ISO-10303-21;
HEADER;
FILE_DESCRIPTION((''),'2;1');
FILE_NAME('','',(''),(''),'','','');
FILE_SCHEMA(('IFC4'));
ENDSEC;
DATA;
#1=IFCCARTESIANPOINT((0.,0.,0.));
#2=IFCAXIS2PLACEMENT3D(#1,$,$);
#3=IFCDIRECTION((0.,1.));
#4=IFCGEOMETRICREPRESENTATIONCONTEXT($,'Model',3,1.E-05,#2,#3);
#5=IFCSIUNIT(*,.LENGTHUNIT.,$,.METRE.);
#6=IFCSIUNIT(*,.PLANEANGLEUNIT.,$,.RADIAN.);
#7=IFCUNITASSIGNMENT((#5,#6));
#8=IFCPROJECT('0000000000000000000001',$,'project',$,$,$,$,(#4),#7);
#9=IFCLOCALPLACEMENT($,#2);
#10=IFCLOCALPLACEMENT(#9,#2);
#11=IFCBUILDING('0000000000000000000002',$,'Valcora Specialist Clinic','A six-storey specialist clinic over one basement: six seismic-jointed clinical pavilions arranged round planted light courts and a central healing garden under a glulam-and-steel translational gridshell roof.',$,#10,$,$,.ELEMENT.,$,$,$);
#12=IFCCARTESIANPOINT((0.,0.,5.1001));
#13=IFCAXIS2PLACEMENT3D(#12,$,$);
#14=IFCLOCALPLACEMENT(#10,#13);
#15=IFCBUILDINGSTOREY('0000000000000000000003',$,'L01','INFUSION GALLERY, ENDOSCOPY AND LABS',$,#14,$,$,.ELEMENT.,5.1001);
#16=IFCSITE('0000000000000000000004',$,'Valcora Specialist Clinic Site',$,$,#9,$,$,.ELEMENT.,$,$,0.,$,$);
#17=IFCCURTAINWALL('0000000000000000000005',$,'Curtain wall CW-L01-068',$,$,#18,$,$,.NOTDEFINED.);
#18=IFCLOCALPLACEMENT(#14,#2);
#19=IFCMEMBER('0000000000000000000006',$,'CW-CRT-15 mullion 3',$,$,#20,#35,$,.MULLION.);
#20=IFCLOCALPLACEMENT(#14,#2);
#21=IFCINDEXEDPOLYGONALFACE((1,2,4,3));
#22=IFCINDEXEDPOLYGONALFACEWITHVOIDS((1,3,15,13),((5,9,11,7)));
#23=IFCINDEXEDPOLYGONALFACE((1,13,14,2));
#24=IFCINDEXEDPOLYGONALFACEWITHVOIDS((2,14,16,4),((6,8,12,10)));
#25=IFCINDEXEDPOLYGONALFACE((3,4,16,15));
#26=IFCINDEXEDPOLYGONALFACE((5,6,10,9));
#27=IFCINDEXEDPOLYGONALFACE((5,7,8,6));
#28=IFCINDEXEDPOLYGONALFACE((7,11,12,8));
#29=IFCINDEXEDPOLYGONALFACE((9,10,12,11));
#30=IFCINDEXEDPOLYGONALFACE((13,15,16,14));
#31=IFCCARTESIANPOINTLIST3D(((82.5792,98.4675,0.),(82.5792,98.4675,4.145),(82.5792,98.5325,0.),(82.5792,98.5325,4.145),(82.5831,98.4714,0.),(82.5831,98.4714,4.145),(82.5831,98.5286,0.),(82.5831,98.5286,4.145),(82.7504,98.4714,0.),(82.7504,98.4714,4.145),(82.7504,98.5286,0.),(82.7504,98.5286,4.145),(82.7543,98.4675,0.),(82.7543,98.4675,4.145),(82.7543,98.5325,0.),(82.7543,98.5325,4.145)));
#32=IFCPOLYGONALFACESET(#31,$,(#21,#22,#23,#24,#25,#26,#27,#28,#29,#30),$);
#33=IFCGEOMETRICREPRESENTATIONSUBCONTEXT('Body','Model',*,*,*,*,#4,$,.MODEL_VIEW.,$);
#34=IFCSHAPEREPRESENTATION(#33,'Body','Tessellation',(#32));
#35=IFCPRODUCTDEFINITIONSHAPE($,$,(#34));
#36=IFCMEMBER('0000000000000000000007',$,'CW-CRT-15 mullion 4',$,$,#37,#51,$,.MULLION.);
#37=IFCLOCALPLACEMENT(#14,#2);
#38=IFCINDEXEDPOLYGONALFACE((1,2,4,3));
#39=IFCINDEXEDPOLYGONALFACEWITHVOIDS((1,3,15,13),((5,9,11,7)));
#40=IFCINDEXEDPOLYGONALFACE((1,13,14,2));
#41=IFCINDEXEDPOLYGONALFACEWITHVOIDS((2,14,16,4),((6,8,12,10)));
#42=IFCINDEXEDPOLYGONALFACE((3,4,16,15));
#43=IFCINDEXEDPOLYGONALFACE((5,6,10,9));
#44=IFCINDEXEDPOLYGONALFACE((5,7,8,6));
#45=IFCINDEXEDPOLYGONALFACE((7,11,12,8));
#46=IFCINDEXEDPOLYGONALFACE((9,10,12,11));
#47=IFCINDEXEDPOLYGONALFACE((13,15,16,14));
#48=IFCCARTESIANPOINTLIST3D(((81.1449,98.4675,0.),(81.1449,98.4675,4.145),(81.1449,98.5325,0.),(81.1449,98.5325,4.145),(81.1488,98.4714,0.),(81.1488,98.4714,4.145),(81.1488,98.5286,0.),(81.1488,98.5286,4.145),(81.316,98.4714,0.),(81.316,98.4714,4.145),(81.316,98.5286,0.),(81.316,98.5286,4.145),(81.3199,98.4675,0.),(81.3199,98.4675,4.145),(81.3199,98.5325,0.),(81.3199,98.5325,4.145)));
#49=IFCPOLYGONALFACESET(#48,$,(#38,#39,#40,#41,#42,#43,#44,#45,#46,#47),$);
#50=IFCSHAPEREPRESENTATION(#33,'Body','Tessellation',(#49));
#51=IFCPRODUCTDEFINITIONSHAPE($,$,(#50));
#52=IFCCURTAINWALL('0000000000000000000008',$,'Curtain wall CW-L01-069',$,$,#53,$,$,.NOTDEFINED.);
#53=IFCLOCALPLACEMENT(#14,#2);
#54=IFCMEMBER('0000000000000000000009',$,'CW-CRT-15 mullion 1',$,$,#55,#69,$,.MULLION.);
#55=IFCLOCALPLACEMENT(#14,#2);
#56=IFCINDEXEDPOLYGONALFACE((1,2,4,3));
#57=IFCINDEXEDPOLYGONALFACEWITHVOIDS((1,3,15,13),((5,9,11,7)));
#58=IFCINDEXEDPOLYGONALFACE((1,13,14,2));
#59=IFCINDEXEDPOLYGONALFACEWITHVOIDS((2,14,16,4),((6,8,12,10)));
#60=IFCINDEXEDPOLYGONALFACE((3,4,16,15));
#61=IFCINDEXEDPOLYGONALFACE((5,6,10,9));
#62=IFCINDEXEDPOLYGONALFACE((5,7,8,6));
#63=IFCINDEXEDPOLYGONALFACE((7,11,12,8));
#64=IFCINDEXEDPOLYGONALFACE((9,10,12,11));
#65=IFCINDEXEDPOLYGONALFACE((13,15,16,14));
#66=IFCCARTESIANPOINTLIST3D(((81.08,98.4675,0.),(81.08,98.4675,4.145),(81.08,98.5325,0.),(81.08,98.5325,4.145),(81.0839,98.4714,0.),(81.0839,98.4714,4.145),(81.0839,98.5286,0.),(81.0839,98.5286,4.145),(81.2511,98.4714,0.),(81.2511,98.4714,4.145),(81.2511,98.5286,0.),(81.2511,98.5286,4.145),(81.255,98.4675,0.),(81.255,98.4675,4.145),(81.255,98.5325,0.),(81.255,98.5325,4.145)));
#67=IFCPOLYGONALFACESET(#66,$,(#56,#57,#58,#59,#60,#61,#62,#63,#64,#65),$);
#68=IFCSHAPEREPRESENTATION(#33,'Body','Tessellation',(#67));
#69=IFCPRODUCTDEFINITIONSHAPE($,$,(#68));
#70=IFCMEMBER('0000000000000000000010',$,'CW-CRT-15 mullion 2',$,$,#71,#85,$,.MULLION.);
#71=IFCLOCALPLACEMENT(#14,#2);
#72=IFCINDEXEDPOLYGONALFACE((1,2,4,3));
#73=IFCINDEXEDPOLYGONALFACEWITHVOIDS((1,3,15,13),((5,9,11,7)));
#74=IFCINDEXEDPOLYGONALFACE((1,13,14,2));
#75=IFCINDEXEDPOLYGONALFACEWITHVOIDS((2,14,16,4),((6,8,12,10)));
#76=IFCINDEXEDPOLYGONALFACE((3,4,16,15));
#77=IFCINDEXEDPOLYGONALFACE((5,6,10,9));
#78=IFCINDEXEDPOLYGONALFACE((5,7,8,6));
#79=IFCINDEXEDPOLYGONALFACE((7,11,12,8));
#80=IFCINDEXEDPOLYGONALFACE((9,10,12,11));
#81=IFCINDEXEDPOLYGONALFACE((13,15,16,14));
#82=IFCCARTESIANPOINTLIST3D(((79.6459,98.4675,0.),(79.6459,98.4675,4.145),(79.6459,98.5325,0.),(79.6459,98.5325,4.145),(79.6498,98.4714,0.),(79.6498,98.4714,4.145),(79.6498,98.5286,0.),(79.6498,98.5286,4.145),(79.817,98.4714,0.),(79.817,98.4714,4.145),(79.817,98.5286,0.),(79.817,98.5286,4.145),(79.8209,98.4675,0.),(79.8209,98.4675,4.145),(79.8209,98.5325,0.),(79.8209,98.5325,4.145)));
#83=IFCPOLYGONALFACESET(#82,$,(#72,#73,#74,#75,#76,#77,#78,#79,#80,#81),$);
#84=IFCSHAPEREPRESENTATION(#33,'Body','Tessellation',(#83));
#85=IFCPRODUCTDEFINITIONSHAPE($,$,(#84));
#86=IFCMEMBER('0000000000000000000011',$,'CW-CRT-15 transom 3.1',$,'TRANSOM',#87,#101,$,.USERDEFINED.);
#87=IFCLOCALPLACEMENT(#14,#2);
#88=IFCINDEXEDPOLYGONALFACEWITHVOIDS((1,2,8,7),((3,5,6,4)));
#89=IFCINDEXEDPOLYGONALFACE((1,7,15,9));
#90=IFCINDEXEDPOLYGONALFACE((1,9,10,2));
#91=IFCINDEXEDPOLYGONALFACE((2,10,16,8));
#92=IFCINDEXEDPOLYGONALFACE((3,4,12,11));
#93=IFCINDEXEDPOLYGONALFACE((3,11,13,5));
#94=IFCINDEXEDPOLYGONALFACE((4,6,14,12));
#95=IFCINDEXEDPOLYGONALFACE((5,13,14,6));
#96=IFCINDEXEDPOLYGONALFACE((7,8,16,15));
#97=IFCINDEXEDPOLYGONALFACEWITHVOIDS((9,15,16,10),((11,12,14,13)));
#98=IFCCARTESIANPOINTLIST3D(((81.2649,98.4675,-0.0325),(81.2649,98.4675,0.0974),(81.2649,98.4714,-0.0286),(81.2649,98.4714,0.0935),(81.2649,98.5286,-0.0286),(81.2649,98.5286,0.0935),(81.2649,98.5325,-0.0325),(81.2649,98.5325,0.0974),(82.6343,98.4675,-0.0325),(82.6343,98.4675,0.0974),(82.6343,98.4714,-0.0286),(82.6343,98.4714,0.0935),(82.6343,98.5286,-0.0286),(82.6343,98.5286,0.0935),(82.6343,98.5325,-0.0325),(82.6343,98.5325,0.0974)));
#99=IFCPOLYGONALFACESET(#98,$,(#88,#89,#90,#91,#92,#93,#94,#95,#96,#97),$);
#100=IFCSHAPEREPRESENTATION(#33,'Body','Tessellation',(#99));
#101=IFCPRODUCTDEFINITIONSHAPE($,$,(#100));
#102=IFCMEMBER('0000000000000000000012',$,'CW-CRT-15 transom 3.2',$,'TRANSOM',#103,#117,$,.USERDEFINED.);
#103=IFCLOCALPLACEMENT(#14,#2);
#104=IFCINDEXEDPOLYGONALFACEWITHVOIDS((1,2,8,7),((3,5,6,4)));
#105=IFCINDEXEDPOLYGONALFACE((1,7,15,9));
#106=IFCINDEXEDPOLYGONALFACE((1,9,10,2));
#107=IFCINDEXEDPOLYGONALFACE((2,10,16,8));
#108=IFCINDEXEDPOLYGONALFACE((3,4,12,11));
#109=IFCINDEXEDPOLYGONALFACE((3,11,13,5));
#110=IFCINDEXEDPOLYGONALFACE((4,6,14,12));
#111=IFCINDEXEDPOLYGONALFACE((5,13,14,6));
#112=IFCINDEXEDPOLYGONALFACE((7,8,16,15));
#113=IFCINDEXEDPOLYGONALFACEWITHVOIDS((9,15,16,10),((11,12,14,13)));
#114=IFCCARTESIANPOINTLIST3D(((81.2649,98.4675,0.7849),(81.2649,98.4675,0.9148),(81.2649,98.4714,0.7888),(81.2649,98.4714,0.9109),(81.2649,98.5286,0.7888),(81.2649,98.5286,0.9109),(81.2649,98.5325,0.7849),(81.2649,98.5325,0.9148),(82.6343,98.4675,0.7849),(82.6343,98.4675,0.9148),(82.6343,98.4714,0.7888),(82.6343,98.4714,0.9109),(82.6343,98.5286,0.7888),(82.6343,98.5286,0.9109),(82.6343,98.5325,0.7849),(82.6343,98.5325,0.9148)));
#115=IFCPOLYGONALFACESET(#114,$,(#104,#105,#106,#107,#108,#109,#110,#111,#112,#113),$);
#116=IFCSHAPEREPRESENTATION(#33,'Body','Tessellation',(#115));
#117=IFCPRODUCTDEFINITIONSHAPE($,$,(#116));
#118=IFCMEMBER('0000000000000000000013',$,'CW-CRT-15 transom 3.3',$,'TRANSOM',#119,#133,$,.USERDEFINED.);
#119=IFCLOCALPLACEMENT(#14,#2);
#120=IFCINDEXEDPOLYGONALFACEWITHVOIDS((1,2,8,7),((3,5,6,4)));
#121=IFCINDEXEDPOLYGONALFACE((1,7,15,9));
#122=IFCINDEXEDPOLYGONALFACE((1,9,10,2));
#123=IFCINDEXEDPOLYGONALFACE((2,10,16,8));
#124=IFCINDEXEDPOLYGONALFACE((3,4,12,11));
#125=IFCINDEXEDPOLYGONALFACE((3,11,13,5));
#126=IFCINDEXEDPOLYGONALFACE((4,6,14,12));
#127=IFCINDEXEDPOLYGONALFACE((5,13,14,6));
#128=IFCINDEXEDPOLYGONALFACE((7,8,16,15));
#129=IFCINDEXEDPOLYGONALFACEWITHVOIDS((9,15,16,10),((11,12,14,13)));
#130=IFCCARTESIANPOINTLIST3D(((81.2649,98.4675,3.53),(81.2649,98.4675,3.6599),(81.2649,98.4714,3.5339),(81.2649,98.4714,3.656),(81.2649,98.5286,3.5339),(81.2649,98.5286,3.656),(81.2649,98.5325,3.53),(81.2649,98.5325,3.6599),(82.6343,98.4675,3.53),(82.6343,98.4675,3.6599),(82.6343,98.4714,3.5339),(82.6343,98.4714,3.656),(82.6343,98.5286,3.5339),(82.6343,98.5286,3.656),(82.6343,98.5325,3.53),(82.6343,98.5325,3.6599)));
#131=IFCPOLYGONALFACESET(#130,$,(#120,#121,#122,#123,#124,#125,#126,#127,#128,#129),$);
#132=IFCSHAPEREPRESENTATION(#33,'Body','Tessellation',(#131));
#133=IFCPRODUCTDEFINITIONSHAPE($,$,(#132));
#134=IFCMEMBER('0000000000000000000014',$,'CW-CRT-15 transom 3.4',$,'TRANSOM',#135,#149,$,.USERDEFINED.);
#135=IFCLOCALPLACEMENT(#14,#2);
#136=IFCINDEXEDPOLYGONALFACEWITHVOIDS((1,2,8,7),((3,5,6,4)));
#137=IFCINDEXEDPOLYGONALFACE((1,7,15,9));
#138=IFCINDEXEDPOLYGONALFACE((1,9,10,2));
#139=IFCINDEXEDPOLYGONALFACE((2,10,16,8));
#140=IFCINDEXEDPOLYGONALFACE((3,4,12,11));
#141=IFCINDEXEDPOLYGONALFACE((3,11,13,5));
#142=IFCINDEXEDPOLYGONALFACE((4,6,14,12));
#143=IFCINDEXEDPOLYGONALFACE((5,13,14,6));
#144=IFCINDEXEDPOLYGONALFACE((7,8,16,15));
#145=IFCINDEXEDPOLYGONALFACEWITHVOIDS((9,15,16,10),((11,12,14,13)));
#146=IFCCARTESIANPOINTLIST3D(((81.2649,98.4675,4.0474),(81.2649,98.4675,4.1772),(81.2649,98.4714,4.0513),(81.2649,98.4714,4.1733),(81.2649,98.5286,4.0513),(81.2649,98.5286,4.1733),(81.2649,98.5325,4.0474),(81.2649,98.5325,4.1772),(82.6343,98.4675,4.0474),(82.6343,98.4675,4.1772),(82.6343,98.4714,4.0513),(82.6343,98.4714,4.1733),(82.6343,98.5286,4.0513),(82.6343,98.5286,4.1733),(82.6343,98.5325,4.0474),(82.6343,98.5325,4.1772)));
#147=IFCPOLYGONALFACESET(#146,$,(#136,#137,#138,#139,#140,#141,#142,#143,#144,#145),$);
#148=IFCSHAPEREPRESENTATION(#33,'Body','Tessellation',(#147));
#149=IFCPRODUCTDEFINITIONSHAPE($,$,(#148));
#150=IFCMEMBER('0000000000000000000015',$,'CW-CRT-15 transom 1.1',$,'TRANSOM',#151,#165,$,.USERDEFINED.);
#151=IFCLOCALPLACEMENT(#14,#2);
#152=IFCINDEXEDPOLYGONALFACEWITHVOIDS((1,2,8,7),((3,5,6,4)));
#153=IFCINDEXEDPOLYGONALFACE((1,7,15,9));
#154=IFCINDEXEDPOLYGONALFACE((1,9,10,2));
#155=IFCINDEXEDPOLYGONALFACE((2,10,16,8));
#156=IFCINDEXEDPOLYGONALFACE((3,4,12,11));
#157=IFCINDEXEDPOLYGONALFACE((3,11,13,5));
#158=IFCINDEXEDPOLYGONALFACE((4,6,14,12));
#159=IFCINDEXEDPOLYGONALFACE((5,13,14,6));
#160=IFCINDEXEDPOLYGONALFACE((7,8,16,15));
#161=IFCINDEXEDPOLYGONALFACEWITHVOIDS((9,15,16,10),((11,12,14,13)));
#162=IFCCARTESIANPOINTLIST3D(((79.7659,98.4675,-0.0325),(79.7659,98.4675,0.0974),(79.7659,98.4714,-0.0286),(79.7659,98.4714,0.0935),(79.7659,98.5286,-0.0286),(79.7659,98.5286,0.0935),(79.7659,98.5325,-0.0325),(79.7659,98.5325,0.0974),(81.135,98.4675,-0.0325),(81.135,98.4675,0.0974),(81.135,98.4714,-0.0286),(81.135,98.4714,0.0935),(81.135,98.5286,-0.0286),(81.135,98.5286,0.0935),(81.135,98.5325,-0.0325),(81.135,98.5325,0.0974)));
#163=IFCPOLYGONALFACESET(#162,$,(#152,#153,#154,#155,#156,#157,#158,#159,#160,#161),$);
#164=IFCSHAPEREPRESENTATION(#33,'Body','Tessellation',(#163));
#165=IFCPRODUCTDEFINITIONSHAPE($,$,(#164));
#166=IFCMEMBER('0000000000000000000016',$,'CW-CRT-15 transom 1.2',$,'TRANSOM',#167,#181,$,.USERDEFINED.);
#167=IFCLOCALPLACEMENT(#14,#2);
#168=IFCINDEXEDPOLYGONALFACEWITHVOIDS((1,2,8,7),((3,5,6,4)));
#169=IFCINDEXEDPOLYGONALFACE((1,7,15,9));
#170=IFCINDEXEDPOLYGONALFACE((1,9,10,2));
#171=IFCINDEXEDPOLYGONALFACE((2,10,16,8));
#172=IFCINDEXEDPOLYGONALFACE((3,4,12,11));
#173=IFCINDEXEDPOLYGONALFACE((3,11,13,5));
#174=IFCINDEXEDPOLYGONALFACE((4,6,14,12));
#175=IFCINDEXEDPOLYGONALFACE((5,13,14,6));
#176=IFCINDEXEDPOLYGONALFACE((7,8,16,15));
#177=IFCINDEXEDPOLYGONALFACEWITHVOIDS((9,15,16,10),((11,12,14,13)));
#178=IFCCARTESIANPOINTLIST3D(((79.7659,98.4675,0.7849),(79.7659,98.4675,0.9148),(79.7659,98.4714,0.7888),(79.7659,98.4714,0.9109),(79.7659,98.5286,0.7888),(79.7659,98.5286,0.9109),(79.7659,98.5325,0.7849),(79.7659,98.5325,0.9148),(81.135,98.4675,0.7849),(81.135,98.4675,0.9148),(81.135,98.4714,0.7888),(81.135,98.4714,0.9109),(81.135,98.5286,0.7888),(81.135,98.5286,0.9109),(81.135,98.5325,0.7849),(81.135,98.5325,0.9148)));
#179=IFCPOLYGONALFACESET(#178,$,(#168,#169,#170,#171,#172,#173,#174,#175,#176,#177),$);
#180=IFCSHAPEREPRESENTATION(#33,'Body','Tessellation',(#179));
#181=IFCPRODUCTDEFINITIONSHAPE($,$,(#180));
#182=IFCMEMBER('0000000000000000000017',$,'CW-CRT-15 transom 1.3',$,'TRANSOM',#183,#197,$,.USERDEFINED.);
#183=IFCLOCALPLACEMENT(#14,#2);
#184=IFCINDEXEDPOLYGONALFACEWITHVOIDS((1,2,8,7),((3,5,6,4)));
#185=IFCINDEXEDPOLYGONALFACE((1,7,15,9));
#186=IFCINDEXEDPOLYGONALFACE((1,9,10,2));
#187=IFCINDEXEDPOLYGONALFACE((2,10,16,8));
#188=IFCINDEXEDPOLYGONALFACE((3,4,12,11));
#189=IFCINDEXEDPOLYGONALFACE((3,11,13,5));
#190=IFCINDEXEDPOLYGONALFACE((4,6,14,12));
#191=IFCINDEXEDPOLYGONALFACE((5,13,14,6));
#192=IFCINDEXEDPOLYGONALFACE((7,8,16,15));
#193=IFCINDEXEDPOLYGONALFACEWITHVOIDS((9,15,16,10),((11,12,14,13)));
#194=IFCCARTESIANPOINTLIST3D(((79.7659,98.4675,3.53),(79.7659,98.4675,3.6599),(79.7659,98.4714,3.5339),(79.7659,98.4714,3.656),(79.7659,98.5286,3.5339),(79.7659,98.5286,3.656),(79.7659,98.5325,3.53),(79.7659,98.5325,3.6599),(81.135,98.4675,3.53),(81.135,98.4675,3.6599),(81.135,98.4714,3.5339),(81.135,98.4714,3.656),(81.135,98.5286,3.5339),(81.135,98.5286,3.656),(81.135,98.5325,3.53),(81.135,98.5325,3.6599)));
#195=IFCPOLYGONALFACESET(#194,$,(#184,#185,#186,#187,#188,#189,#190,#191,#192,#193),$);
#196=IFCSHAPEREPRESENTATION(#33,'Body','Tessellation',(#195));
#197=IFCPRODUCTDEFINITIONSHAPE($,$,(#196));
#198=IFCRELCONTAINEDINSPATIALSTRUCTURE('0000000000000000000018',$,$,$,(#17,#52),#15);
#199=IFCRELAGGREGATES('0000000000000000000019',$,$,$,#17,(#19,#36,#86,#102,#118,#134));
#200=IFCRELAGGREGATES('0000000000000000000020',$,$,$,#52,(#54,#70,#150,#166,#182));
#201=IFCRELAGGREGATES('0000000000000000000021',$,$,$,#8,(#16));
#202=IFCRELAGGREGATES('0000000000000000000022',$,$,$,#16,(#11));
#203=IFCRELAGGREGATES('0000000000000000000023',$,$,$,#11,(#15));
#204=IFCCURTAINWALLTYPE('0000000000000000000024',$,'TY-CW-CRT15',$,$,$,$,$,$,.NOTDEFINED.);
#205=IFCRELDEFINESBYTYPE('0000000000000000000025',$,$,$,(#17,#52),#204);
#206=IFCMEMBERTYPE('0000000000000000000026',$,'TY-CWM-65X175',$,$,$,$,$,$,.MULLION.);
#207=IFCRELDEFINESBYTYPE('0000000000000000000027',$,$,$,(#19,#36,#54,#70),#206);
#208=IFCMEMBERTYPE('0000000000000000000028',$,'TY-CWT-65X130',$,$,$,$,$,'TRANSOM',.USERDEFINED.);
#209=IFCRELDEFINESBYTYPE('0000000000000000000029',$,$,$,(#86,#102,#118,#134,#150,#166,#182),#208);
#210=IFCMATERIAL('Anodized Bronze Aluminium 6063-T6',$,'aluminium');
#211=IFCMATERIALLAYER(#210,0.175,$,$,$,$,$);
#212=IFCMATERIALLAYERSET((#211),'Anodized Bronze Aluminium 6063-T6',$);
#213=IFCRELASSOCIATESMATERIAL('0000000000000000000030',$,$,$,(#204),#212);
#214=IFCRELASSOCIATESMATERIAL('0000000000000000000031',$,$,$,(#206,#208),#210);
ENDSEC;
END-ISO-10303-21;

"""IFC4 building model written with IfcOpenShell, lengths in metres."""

from ifc_helpers import new_model, si_unit, direction, frame, origin, origin_2d, place, context, subcontext, project, spatial, hollow_rectangle, extrude, material, layer, layer_set, material_profile, profile_set, type_object, element, aggregate, save


model = new_model("IFC4")

# Units and contexts
model_context = context("Model", 3, precision=1e-05, world=origin(), true_north=direction((0.0, 1.0)))
body_context = subcontext(model_context, "Body", "Model", "MODEL_VIEW")
ifc_project = project(units=[si_unit("LENGTHUNIT", "METRE"), si_unit("PLANEANGLEUNIT", "RADIAN")], contexts=[model_context])

# Site, building, storey
site_placement = place(None, origin())
site = spatial("IfcSite", under=ifc_project, at=site_placement, Name="Valcora Specialist Clinic Site", CompositionType="ELEMENT", RefElevation=0.0)
building_placement = place(site_placement, origin())
building = spatial("IfcBuilding", under=site, at=building_placement, Name="Valcora Specialist Clinic", Description="A six-storey specialist clinic over one basement: six seismic-jointed clinical pavilions arranged round planted light courts and a central healing garden under a glulam-and-steel translational gridshell roof.", CompositionType="ELEMENT")
storey_placement = place(building_placement, frame((0.0, 0.0, 5.1001)))
storey = spatial("IfcBuildingStorey", under=building, at=storey_placement, Name="L01", Description="INFUSION GALLERY, ENDOSCOPY AND LABS", CompositionType="ELEMENT", Elevation=5.1001)

# Curtain walls, members
ifc_material_1 = material(Name="Anodized Bronze Aluminium 6063-T6", Category="aluminium")
ifc_layer_1 = layer(ifc_material_1, 0.175)
ifc_layer_set_1 = layer_set([ifc_layer_1], Name="Anodized Bronze Aluminium 6063-T6")
curtain_wall_type = type_object("IfcCurtainWallType", Name="TY-CW-CRT15", PredefinedType="NOTDEFINED", material=ifc_layer_set_1)
curtain_wall_1_placement = place(storey_placement, origin())
curtain_wall_1 = element("IfcCurtainWall", 1, at=curtain_wall_1_placement, inside=storey, type_object=curtain_wall_type, Name="Curtain wall CW-L01-068", PredefinedType="NOTDEFINED")
ifc_material_profile_1 = material_profile(ifc_material_1, hollow_rectangle(XDim=0.0649, YDim=0.175, WallThickness=0.0039, at=origin_2d()), Name="AL-MUL-65X175")
ifc_profile_set_1 = profile_set([ifc_material_profile_1], Name="Anodized Bronze Aluminium 6063-T6")
member_type_1 = type_object("IfcMemberType", Name="TY-CWM-65X175", PredefinedType="MULLION", material=ifc_profile_set_1)
member_1_placement = place(storey_placement, frame((82.6667, 98.5, 0.0), z_axis=(0.0, 0.0, 1.0), x_axis=(0.0, -1.0, 0.0)))
member_1 = element("IfcMember", 2, at=member_1_placement, type_object=member_type_1, Name="CW-CRT-15 mullion 3", PredefinedType="MULLION", context=body_context, shape_type="SweptSolid", body=[
    extrude(hollow_rectangle(XDim=0.0649, YDim=0.175, WallThickness=0.0039, at=origin_2d()), origin(), (0.0, 0.0, 1.0), 4.145),
])
member_2_placement = place(storey_placement, frame((81.2324, 98.5, 0.0), z_axis=(0.0, 0.0, 1.0), x_axis=(0.0, -1.0, 0.0)))
member_2 = element("IfcMember", 3, at=member_2_placement, type_object=member_type_1, Name="CW-CRT-15 mullion 4", PredefinedType="MULLION", context=body_context, shape_type="SweptSolid", body=[
    extrude(hollow_rectangle(XDim=0.0649, YDim=0.175, WallThickness=0.0039, at=origin_2d()), origin(), (0.0, 0.0, 1.0), 4.145),
])
curtain_wall_2_placement = place(storey_placement, origin())
curtain_wall_2 = element("IfcCurtainWall", 4, at=curtain_wall_2_placement, inside=storey, type_object=curtain_wall_type, Name="Curtain wall CW-L01-069", PredefinedType="NOTDEFINED")
member_3_placement = place(storey_placement, frame((81.1675, 98.5, 0.0), z_axis=(0.0, 0.0, 1.0), x_axis=(0.0, -1.0, 0.0)))
member_3 = element("IfcMember", 5, at=member_3_placement, type_object=member_type_1, Name="CW-CRT-15 mullion 1", PredefinedType="MULLION", context=body_context, shape_type="SweptSolid", body=[
    extrude(hollow_rectangle(XDim=0.0649, YDim=0.175, WallThickness=0.0039, at=origin_2d()), origin(), (0.0, 0.0, 1.0), 4.145),
])
member_4_placement = place(storey_placement, frame((79.7334, 98.5, 0.0), z_axis=(0.0, 0.0, 1.0), x_axis=(0.0, -1.0, 0.0)))
member_4 = element("IfcMember", 6, at=member_4_placement, type_object=member_type_1, Name="CW-CRT-15 mullion 2", PredefinedType="MULLION", context=body_context, shape_type="SweptSolid", body=[
    extrude(hollow_rectangle(XDim=0.0649, YDim=0.175, WallThickness=0.0039, at=origin_2d()), origin(), (0.0, 0.0, 1.0), 4.145),
])

# Members
ifc_material_profile_2 = material_profile(ifc_material_1, hollow_rectangle(XDim=0.0649, YDim=0.1299, WallThickness=0.0039, at=origin_2d()), Name="AL-TRN-65X130")
ifc_profile_set_2 = profile_set([ifc_material_profile_2], Name="Anodized Bronze Aluminium 6063-T6")
member_type_2 = type_object("IfcMemberType", Name="TY-CWT-65X130", ElementType="TRANSOM", PredefinedType="USERDEFINED", material=ifc_profile_set_2)
member_5_placement = place(storey_placement, frame((82.6343, 98.5, 0.0325), z_axis=(-1.0, 0.0, 0.0), x_axis=(0.0, -1.0, 0.0)))
member_5 = element("IfcMember", 7, at=member_5_placement, type_object=member_type_2, Name="CW-CRT-15 transom 3.1", ObjectType="TRANSOM", PredefinedType="USERDEFINED", context=body_context, shape_type="SweptSolid", body=[
    extrude(hollow_rectangle(XDim=0.0649, YDim=0.1299, WallThickness=0.0039, at=origin_2d()), origin(), (0.0, 0.0, 1.0), 1.3694),
])
member_6_placement = place(storey_placement, frame((82.6343, 98.5, 0.8499), z_axis=(-1.0, 0.0, 0.0), x_axis=(0.0, -1.0, 0.0)))
member_6 = element("IfcMember", 8, at=member_6_placement, type_object=member_type_2, Name="CW-CRT-15 transom 3.2", ObjectType="TRANSOM", PredefinedType="USERDEFINED", context=body_context, shape_type="SweptSolid", body=[
    extrude(hollow_rectangle(XDim=0.0649, YDim=0.1299, WallThickness=0.0039, at=origin_2d()), origin(), (0.0, 0.0, 1.0), 1.3694),
])
member_7_placement = place(storey_placement, frame((82.6343, 98.5, 3.595), z_axis=(-1.0, 0.0, 0.0), x_axis=(0.0, -1.0, 0.0)))
member_7 = element("IfcMember", 9, at=member_7_placement, type_object=member_type_2, Name="CW-CRT-15 transom 3.3", ObjectType="TRANSOM", PredefinedType="USERDEFINED", context=body_context, shape_type="SweptSolid", body=[
    extrude(hollow_rectangle(XDim=0.0649, YDim=0.1299, WallThickness=0.0039, at=origin_2d()), origin(), (0.0, 0.0, 1.0), 1.3694),
])
member_8_placement = place(storey_placement, frame((82.6343, 98.5, 4.1123), z_axis=(-1.0, 0.0, 0.0), x_axis=(0.0, -1.0, 0.0)))
member_8 = element("IfcMember", 10, at=member_8_placement, type_object=member_type_2, Name="CW-CRT-15 transom 3.4", ObjectType="TRANSOM", PredefinedType="USERDEFINED", context=body_context, shape_type="SweptSolid", body=[
    extrude(hollow_rectangle(XDim=0.0649, YDim=0.1299, WallThickness=0.0039, at=origin_2d()), origin(), (0.0, 0.0, 1.0), 1.3694),
])
member_9_placement = place(storey_placement, frame((81.135, 98.5, 0.0325), z_axis=(-1.0, 0.0, 0.0), x_axis=(0.0, -1.0, 0.0)))
member_9 = element("IfcMember", 11, at=member_9_placement, type_object=member_type_2, Name="CW-CRT-15 transom 1.1", ObjectType="TRANSOM", PredefinedType="USERDEFINED", context=body_context, shape_type="SweptSolid", body=[
    extrude(hollow_rectangle(XDim=0.0649, YDim=0.1299, WallThickness=0.0039, at=origin_2d()), origin(), (0.0, 0.0, 1.0), 1.3691),
])
member_10_placement = place(storey_placement, frame((81.135, 98.5, 0.8499), z_axis=(-1.0, 0.0, 0.0), x_axis=(0.0, -1.0, 0.0)))
member_10 = element("IfcMember", 12, at=member_10_placement, type_object=member_type_2, Name="CW-CRT-15 transom 1.2", ObjectType="TRANSOM", PredefinedType="USERDEFINED", context=body_context, shape_type="SweptSolid", body=[
    extrude(hollow_rectangle(XDim=0.0649, YDim=0.1299, WallThickness=0.0039, at=origin_2d()), origin(), (0.0, 0.0, 1.0), 1.3691),
])
member_11_placement = place(storey_placement, frame((81.135, 98.5, 3.595), z_axis=(-1.0, 0.0, 0.0), x_axis=(0.0, -1.0, 0.0)))
member_11 = element("IfcMember", 13, at=member_11_placement, type_object=member_type_2, Name="CW-CRT-15 transom 1.3", ObjectType="TRANSOM", PredefinedType="USERDEFINED", context=body_context, shape_type="SweptSolid", body=[
    extrude(hollow_rectangle(XDim=0.0649, YDim=0.1299, WallThickness=0.0039, at=origin_2d()), origin(), (0.0, 0.0, 1.0), 1.3691),
])

aggregate(curtain_wall_1, [member_1, member_2, member_5, member_6, member_7, member_8])
aggregate(curtain_wall_2, [member_3, member_4, member_9, member_10, member_11])

save(model, "model.ifc")
